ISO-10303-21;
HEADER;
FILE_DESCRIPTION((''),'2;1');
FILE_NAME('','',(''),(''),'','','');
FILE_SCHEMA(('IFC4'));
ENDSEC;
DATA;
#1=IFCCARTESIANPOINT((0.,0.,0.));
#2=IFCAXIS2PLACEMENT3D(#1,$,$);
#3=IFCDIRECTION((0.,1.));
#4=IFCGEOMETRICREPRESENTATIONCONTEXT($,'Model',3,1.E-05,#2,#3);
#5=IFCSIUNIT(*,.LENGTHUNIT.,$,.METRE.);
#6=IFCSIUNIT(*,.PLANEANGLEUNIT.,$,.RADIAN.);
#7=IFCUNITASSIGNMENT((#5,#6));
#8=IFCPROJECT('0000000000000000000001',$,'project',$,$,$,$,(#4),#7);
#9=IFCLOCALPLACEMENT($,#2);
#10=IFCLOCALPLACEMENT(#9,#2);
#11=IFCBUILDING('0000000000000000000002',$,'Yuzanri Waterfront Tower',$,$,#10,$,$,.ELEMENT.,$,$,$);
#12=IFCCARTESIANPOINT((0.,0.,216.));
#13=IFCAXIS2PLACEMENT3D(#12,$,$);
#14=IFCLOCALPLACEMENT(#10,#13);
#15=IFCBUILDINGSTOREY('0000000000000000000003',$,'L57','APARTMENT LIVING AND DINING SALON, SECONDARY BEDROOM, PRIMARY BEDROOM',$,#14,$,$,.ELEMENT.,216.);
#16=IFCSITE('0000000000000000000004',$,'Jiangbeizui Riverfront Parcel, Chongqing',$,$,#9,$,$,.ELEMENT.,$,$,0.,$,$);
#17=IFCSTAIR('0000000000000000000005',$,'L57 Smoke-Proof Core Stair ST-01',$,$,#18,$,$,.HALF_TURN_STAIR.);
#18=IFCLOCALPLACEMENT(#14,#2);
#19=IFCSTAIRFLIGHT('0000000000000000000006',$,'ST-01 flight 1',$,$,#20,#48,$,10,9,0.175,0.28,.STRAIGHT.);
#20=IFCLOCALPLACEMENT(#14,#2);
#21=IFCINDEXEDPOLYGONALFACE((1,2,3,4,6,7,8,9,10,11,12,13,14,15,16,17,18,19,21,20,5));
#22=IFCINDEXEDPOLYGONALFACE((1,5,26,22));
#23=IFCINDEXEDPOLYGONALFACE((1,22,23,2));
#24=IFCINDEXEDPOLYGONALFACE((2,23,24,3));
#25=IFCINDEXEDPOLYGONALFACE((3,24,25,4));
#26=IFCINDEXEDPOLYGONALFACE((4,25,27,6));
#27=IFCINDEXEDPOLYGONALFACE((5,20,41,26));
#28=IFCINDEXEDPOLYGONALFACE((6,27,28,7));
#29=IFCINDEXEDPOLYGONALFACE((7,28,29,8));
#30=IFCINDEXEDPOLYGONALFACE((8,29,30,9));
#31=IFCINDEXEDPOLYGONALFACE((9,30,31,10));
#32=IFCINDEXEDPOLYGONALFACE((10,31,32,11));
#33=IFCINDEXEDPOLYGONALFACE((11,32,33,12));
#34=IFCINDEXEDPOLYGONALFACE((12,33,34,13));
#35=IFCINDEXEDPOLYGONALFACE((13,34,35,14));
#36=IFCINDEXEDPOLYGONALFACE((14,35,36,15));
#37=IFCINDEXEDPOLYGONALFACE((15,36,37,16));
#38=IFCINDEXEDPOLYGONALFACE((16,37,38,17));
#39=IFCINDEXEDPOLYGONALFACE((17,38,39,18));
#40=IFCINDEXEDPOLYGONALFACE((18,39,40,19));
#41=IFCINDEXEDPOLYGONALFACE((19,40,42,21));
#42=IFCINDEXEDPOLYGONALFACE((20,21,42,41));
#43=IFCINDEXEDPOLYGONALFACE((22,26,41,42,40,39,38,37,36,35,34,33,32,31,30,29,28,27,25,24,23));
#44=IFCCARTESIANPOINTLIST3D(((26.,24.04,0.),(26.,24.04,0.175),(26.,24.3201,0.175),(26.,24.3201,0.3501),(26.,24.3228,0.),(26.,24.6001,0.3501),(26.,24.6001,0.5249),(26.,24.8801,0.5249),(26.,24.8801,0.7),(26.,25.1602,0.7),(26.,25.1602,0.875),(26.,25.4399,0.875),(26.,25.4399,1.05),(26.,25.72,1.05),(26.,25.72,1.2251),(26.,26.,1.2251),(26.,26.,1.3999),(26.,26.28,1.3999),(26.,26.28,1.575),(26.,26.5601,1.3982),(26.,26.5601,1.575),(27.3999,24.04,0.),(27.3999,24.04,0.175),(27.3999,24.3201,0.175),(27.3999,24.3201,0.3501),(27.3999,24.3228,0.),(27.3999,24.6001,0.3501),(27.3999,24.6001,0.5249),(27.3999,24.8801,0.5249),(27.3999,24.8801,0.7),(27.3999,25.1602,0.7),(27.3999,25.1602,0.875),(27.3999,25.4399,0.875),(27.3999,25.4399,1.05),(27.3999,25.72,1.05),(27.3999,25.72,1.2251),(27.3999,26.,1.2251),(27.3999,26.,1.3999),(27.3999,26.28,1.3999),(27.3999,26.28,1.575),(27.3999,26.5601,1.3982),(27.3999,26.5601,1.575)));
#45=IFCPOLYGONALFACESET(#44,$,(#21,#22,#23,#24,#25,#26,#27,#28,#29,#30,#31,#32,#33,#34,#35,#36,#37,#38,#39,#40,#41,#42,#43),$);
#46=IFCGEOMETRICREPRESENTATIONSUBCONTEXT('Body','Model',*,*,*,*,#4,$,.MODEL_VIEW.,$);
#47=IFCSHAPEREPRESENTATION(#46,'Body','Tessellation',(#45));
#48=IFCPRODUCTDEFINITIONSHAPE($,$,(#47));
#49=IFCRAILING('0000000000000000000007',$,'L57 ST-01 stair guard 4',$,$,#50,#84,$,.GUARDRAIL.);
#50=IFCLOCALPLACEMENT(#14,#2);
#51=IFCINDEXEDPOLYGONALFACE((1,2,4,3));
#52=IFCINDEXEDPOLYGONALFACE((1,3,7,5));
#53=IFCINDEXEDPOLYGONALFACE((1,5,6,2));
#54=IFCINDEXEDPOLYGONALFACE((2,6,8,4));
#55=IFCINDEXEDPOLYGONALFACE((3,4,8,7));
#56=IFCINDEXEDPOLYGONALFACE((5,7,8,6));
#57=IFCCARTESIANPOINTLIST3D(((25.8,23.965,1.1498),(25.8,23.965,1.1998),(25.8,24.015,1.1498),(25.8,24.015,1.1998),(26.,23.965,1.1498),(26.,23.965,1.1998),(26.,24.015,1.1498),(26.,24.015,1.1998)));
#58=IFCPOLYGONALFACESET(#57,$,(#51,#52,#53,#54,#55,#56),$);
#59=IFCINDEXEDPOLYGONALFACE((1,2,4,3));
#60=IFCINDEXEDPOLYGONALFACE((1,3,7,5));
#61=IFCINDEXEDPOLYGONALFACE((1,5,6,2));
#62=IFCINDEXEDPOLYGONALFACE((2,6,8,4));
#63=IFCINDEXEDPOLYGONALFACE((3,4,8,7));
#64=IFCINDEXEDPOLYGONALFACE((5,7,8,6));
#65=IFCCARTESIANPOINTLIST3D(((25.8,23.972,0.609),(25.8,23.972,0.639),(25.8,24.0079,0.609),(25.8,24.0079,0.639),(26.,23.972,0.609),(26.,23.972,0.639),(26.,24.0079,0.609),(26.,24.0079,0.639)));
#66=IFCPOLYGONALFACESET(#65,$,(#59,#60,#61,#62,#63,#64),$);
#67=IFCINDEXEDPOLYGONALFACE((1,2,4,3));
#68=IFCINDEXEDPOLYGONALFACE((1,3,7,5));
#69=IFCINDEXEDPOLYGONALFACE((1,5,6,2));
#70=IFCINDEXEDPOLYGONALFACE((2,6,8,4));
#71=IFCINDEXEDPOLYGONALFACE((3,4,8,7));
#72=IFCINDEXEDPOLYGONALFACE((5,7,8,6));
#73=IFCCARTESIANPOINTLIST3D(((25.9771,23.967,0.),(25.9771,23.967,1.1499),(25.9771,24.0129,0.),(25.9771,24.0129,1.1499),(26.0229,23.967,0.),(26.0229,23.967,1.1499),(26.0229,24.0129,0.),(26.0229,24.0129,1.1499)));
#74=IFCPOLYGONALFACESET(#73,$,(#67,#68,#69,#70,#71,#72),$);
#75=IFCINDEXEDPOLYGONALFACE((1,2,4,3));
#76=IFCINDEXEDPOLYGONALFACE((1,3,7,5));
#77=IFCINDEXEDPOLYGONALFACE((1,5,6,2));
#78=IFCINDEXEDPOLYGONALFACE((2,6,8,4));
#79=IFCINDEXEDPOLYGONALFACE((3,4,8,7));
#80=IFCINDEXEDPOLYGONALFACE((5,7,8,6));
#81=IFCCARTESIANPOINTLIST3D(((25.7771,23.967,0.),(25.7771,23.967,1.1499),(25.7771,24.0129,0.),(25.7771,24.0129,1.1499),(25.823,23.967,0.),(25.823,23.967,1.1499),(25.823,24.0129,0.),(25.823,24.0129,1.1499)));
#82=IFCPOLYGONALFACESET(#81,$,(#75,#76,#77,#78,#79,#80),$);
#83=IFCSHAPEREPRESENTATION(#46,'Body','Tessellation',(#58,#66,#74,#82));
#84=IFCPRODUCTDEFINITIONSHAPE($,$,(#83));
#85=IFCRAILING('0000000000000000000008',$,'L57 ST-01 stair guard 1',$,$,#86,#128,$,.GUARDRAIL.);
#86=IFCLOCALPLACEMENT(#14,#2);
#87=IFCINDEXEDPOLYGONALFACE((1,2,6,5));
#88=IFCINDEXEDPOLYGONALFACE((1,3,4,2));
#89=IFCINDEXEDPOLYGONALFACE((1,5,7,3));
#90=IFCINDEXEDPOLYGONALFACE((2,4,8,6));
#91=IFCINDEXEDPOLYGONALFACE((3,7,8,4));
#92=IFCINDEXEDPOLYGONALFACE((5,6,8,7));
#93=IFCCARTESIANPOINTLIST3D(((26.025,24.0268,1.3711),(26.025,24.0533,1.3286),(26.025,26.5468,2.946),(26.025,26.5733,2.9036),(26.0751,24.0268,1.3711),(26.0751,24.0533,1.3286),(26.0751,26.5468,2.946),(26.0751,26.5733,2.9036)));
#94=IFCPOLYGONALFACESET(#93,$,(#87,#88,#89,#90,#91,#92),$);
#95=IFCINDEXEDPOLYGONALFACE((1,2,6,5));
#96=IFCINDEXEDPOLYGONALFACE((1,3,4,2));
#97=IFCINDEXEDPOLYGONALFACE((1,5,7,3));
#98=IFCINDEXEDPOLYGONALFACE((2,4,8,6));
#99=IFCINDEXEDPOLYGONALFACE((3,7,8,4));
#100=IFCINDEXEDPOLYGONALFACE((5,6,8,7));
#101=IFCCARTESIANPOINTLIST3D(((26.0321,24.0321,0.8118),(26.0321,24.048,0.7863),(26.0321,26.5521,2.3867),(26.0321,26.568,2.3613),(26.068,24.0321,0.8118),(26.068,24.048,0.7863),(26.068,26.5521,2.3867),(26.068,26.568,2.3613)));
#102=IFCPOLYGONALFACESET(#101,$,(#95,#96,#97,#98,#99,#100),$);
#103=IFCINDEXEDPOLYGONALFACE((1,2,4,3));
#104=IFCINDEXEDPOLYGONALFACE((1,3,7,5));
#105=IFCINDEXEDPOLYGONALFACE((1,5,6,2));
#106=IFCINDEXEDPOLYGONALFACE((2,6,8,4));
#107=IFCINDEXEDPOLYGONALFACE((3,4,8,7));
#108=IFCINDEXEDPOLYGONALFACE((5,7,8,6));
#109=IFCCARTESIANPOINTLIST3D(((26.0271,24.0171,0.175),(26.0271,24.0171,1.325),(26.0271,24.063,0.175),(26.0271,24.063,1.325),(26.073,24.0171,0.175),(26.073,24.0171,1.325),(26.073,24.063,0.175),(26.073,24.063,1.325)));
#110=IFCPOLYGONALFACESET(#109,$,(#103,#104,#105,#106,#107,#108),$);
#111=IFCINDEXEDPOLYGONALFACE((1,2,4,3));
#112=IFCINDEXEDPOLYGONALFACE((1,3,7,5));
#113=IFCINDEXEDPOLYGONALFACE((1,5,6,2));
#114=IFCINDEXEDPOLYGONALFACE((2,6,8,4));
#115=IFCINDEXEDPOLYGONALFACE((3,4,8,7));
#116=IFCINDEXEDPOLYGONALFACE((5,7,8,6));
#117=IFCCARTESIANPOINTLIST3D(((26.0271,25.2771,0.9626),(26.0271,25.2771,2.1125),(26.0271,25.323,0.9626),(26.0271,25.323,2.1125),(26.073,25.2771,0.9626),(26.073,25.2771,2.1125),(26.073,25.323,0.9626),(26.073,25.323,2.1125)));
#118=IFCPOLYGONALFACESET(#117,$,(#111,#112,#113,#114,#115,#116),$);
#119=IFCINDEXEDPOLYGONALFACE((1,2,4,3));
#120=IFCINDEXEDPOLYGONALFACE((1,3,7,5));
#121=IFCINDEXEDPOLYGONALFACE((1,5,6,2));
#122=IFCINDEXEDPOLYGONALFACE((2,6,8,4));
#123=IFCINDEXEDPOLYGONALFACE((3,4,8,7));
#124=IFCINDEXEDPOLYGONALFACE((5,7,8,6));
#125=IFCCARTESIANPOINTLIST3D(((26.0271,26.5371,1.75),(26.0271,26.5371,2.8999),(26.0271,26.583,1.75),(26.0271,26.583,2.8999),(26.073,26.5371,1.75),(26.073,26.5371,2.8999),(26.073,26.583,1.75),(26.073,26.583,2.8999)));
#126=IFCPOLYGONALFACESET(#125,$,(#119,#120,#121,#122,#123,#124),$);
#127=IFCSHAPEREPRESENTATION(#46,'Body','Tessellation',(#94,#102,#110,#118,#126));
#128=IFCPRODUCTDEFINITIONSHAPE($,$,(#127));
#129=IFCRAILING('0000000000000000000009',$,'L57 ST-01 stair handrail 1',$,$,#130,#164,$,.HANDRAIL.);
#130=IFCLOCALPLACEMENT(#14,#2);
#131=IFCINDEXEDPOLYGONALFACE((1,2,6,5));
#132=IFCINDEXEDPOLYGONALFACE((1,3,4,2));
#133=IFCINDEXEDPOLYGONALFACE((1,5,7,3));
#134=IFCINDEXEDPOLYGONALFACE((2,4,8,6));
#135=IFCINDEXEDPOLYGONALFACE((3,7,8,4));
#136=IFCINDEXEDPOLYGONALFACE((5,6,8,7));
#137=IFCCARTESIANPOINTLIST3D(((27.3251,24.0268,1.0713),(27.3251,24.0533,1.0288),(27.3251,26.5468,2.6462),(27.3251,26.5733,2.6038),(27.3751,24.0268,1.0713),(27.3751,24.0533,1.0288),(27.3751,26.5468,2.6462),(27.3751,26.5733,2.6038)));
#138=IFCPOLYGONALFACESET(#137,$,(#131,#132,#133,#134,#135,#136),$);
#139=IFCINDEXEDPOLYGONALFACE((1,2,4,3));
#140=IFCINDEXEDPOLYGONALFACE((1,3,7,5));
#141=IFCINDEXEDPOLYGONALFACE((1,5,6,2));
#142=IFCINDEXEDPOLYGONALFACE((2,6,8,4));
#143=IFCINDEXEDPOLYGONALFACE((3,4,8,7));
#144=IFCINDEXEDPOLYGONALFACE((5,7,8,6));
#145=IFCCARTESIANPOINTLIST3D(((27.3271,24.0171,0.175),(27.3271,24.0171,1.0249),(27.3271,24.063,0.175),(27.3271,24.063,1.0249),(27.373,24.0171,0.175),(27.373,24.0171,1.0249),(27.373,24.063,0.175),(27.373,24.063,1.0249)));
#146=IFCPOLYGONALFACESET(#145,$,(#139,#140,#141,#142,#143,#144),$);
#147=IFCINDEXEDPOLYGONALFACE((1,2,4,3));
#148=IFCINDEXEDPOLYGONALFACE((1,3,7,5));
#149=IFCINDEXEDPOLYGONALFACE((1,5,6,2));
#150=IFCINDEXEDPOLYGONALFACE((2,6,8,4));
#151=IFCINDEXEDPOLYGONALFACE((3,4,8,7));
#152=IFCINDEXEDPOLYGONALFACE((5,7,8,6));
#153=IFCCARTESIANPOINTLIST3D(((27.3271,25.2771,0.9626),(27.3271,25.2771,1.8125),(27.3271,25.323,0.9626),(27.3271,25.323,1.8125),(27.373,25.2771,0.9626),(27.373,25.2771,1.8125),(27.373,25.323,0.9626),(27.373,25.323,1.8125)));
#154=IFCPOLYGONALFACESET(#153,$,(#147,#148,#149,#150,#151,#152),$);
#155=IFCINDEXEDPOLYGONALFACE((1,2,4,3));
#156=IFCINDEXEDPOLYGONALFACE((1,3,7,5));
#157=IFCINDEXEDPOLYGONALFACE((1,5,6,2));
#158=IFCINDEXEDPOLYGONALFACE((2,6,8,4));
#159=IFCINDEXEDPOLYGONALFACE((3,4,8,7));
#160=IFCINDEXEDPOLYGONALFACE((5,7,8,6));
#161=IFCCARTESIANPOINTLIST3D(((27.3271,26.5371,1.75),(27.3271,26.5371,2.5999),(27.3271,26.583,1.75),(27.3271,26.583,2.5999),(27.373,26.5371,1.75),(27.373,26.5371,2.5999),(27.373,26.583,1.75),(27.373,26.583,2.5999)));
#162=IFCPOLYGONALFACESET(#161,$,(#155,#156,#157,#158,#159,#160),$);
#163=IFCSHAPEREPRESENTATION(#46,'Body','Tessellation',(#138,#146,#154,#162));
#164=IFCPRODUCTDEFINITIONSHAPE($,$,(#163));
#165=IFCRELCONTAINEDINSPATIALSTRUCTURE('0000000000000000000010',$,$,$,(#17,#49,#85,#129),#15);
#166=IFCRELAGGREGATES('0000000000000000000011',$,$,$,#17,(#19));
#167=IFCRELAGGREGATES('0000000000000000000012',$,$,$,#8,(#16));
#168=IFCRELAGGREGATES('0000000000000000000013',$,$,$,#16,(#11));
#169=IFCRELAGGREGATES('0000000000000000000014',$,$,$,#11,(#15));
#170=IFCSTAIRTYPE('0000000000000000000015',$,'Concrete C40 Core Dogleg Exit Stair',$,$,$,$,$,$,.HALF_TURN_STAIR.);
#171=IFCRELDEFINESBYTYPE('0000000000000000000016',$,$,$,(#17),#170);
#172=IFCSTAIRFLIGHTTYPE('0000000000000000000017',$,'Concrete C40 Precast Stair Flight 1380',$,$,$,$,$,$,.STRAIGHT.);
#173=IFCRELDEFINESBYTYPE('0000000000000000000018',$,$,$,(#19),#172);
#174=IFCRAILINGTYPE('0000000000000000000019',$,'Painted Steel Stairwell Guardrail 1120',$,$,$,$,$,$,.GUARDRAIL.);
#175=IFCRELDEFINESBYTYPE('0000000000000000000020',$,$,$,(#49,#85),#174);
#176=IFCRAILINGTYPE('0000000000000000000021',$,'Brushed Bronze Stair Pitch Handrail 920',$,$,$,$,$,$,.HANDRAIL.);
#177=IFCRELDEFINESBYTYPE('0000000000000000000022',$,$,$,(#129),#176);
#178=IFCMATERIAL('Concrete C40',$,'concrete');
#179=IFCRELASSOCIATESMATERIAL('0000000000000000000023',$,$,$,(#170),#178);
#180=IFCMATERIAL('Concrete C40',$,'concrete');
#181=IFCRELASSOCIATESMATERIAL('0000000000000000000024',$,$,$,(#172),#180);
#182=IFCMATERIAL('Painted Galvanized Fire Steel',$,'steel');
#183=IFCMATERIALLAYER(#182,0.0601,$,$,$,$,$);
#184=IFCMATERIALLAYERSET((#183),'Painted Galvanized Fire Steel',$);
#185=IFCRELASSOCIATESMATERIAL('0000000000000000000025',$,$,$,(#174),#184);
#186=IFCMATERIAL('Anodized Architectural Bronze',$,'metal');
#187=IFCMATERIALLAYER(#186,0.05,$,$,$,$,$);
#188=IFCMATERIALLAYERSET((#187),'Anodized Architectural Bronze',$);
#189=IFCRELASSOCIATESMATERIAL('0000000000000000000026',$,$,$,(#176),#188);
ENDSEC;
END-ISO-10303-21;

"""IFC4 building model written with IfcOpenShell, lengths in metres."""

from ifc_helpers import new_model, si_unit, direction, frame, origin, origin_2d, place, context, subcontext, project, spatial, polyline, rectangle, outline, extrude, source, transform, mapped, material, layer, layer_set, type_object, element, aggregate, save


model = new_model("IFC4")

# Units and contexts
model_context = context("Model", 3, precision=1e-05, world=origin(), true_north=direction((0.0, 1.0)))
body_context = subcontext(model_context, "Body", "Model", "MODEL_VIEW")
ifc_project = project(units=[si_unit("LENGTHUNIT", "METRE"), si_unit("PLANEANGLEUNIT", "RADIAN")], contexts=[model_context])

# Site, building, storey
site_placement = place(None, origin())
site = spatial("IfcSite", under=ifc_project, at=site_placement, Name="Jiangbeizui Riverfront Parcel, Chongqing", CompositionType="ELEMENT", RefElevation=0.0)
building_placement = place(site_placement, origin())
building = spatial("IfcBuilding", under=site, at=building_placement, Name="Yuzanri Waterfront Tower", CompositionType="ELEMENT")
storey_placement = place(building_placement, frame((0.0, 0.0, 216.0)))
storey = spatial("IfcBuildingStorey", under=building, at=storey_placement, Name="L57", Description="APARTMENT LIVING AND DINING SALON, SECONDARY BEDROOM, PRIMARY BEDROOM", CompositionType="ELEMENT", Elevation=216.0)

# Stair, stair flight
ifc_material_1 = material(Name="Concrete C40", Category="concrete")
stair_type = type_object("IfcStairType", Name="Concrete C40 Core Dogleg Exit Stair", PredefinedType="HALF_TURN_STAIR", material=ifc_material_1)
stair_placement = place(storey_placement, origin())
stair = element("IfcStair", 1, at=stair_placement, inside=storey, type_object=stair_type, Name="L57 Smoke-Proof Core Stair ST-01", PredefinedType="HALF_TURN_STAIR")
ifc_material_2 = material(Name="Concrete C40", Category="concrete")
stair_flight_type = type_object("IfcStairFlightType", Name="Concrete C40 Precast Stair Flight 1380", PredefinedType="STRAIGHT", material=ifc_material_2)
shared_shape_1 = source(origin(), body_context, "Body", "SweptSolid", [
    extrude(outline(polyline([(0.0, 0.0), (0.0, 0.175), (0.28, 0.175), (0.28, 0.3501), (0.5601, 0.3501), (0.5601, 0.5249), (0.8401, 0.5249), (0.8401, 0.7), (1.1201, 0.7), (1.1201, 0.875), (1.3999, 0.875), (1.3999, 1.05), (1.6799, 1.05), (1.6799, 1.2251), (1.96, 1.2251), (1.96, 1.3999), (2.24, 1.3999), (2.24, 1.575), (2.52, 1.575), (2.52, 1.75), (2.52, 1.3982), (0.2827, 0.0), (0.0, 0.0)])), frame((0.0, 0.7, 0.0), z_axis=(0.0, -1.0, 0.0), x_axis=(1.0, 0.0, 0.0)), (0.0, 0.0, 1.0), 1.3999),
])
stair_flight_placement = place(storey_placement, frame((26.7, 24.04, 0.0), z_axis=(0.0, 0.0, 1.0), x_axis=(0.0, 1.0, 0.0)))
stair_flight = element("IfcStairFlight", 2, at=stair_flight_placement, type_object=stair_flight_type, Name="ST-01 flight 1", NumberOfRisers=10, NumberOfTreads=9, PredefinedType="STRAIGHT", RiserHeight=0.175, TreadLength=0.28, context=body_context, shape_type="MappedRepresentation", body=[
    mapped(shared_shape_1, transform((0.0, 0.0, 0.0), scale=1.0)),
])
aggregate(stair, [stair_flight])

# Railings
ifc_material_3 = material(Name="Painted Galvanized Fire Steel", Category="steel")
ifc_layer_1 = layer(ifc_material_3, 0.0601)
ifc_layer_set_1 = layer_set([ifc_layer_1], Name="Painted Galvanized Fire Steel")
railing_type_1 = type_object("IfcRailingType", Name="Painted Steel Stairwell Guardrail 1120", PredefinedType="GUARDRAIL", material=ifc_layer_set_1)
shared_shape_2 = source(origin(), body_context, "Body", "SweptSolid", [
    extrude(rectangle(XDim=0.05, YDim=0.05, at=origin_2d()), frame((0.0, 0.0, 1.1748), z_axis=(-1.0, 0.0, 0.0), x_axis=(0.0, -1.0, 0.0)), (0.0, 0.0, 1.0), 0.2),
    extrude(rectangle(XDim=0.0359, YDim=0.03, at=origin_2d()), frame((0.0, 0.0, 0.624), z_axis=(-1.0, 0.0, 0.0), x_axis=(0.0, -1.0, 0.0)), (0.0, 0.0, 1.0), 0.2),
    extrude(rectangle(XDim=0.0459, YDim=0.0459, at=origin_2d()), origin(), (0.0, 0.0, 1.0), 1.1499),
    extrude(rectangle(XDim=0.0459, YDim=0.0459, at=origin_2d()), frame((-0.2, 0.0, 0.0)), (0.0, 0.0, 1.0), 1.1499),
])
railing_1_placement = place(storey_placement, frame((26.0, 23.99, 0.0)))
element("IfcRailing", 3, at=railing_1_placement, inside=storey, type_object=railing_type_1, Name="L57 ST-01 stair guard 4", PredefinedType="GUARDRAIL", context=body_context, shape_type="MappedRepresentation", body=[
    mapped(shared_shape_2, transform((0.0, 0.0, 0.0), scale=1.0)),
])
shared_shape_3 = source(origin(), body_context, "Body", "SweptSolid", [
    extrude(rectangle(XDim=0.05, YDim=0.05, at=origin_2d()), frame((0.0, 0.0, 1.1748), z_axis=(0.0, 0.848008, 0.529984), x_axis=(-1.0, 0.0, 0.0)), (0.0, 0.0, 1.0), 2.9717),
    extrude(rectangle(XDim=0.0359, YDim=0.03, at=origin_2d()), frame((0.0, 0.0, 0.624), z_axis=(0.0, 0.848008, 0.529984), x_axis=(-1.0, 0.0, 0.0)), (0.0, 0.0, 1.0), 2.9717),
    extrude(rectangle(XDim=0.0459, YDim=0.0459, at=origin_2d()), origin(), (0.0, 0.0, 1.0), 1.1499),
    extrude(rectangle(XDim=0.0459, YDim=0.0459, at=origin_2d()), frame((0.0, 1.26, 0.7876)), (0.0, 0.0, 1.0), 1.1499),
    extrude(rectangle(XDim=0.0459, YDim=0.0459, at=origin_2d()), frame((0.0, 2.52, 1.575)), (0.0, 0.0, 1.0), 1.1499),
])
railing_2_placement = place(storey_placement, frame((26.05, 24.04, 0.175)))
element("IfcRailing", 4, at=railing_2_placement, inside=storey, type_object=railing_type_1, Name="L57 ST-01 stair guard 1", PredefinedType="GUARDRAIL", context=body_context, shape_type="MappedRepresentation", body=[
    mapped(shared_shape_3, transform((0.0, 0.0, 0.0), scale=1.0)),
])
ifc_material_4 = material(Name="Anodized Architectural Bronze", Category="metal")
ifc_layer_2 = layer(ifc_material_4, 0.05)
ifc_layer_set_2 = layer_set([ifc_layer_2], Name="Anodized Architectural Bronze")
railing_type_2 = type_object("IfcRailingType", Name="Brushed Bronze Stair Pitch Handrail 920", PredefinedType="HANDRAIL", material=ifc_layer_set_2)
shared_shape_4 = source(origin(), body_context, "Body", "SweptSolid", [
    extrude(rectangle(XDim=0.05, YDim=0.05, at=origin_2d()), frame((0.0, 0.0, 0.875), z_axis=(0.0, 0.848008, 0.529984), x_axis=(-1.0, 0.0, 0.0)), (0.0, 0.0, 1.0), 2.9717),
    extrude(rectangle(XDim=0.0459, YDim=0.0459, at=origin_2d()), origin(), (0.0, 0.0, 1.0), 0.8499),
    extrude(rectangle(XDim=0.0459, YDim=0.0459, at=origin_2d()), frame((0.0, 1.26, 0.7876)), (0.0, 0.0, 1.0), 0.8499),
    extrude(rectangle(XDim=0.0459, YDim=0.0459, at=origin_2d()), frame((0.0, 2.52, 1.575)), (0.0, 0.0, 1.0), 0.8499),
])
railing_3_placement = place(storey_placement, frame((27.3501, 24.04, 0.175)))
element("IfcRailing", 5, at=railing_3_placement, inside=storey, type_object=railing_type_2, Name="L57 ST-01 stair handrail 1", PredefinedType="HANDRAIL", context=body_context, shape_type="MappedRepresentation", body=[
    mapped(shared_shape_4, transform((0.0, 0.0, 0.0), scale=1.0)),
])

save(model, "model.ifc")
